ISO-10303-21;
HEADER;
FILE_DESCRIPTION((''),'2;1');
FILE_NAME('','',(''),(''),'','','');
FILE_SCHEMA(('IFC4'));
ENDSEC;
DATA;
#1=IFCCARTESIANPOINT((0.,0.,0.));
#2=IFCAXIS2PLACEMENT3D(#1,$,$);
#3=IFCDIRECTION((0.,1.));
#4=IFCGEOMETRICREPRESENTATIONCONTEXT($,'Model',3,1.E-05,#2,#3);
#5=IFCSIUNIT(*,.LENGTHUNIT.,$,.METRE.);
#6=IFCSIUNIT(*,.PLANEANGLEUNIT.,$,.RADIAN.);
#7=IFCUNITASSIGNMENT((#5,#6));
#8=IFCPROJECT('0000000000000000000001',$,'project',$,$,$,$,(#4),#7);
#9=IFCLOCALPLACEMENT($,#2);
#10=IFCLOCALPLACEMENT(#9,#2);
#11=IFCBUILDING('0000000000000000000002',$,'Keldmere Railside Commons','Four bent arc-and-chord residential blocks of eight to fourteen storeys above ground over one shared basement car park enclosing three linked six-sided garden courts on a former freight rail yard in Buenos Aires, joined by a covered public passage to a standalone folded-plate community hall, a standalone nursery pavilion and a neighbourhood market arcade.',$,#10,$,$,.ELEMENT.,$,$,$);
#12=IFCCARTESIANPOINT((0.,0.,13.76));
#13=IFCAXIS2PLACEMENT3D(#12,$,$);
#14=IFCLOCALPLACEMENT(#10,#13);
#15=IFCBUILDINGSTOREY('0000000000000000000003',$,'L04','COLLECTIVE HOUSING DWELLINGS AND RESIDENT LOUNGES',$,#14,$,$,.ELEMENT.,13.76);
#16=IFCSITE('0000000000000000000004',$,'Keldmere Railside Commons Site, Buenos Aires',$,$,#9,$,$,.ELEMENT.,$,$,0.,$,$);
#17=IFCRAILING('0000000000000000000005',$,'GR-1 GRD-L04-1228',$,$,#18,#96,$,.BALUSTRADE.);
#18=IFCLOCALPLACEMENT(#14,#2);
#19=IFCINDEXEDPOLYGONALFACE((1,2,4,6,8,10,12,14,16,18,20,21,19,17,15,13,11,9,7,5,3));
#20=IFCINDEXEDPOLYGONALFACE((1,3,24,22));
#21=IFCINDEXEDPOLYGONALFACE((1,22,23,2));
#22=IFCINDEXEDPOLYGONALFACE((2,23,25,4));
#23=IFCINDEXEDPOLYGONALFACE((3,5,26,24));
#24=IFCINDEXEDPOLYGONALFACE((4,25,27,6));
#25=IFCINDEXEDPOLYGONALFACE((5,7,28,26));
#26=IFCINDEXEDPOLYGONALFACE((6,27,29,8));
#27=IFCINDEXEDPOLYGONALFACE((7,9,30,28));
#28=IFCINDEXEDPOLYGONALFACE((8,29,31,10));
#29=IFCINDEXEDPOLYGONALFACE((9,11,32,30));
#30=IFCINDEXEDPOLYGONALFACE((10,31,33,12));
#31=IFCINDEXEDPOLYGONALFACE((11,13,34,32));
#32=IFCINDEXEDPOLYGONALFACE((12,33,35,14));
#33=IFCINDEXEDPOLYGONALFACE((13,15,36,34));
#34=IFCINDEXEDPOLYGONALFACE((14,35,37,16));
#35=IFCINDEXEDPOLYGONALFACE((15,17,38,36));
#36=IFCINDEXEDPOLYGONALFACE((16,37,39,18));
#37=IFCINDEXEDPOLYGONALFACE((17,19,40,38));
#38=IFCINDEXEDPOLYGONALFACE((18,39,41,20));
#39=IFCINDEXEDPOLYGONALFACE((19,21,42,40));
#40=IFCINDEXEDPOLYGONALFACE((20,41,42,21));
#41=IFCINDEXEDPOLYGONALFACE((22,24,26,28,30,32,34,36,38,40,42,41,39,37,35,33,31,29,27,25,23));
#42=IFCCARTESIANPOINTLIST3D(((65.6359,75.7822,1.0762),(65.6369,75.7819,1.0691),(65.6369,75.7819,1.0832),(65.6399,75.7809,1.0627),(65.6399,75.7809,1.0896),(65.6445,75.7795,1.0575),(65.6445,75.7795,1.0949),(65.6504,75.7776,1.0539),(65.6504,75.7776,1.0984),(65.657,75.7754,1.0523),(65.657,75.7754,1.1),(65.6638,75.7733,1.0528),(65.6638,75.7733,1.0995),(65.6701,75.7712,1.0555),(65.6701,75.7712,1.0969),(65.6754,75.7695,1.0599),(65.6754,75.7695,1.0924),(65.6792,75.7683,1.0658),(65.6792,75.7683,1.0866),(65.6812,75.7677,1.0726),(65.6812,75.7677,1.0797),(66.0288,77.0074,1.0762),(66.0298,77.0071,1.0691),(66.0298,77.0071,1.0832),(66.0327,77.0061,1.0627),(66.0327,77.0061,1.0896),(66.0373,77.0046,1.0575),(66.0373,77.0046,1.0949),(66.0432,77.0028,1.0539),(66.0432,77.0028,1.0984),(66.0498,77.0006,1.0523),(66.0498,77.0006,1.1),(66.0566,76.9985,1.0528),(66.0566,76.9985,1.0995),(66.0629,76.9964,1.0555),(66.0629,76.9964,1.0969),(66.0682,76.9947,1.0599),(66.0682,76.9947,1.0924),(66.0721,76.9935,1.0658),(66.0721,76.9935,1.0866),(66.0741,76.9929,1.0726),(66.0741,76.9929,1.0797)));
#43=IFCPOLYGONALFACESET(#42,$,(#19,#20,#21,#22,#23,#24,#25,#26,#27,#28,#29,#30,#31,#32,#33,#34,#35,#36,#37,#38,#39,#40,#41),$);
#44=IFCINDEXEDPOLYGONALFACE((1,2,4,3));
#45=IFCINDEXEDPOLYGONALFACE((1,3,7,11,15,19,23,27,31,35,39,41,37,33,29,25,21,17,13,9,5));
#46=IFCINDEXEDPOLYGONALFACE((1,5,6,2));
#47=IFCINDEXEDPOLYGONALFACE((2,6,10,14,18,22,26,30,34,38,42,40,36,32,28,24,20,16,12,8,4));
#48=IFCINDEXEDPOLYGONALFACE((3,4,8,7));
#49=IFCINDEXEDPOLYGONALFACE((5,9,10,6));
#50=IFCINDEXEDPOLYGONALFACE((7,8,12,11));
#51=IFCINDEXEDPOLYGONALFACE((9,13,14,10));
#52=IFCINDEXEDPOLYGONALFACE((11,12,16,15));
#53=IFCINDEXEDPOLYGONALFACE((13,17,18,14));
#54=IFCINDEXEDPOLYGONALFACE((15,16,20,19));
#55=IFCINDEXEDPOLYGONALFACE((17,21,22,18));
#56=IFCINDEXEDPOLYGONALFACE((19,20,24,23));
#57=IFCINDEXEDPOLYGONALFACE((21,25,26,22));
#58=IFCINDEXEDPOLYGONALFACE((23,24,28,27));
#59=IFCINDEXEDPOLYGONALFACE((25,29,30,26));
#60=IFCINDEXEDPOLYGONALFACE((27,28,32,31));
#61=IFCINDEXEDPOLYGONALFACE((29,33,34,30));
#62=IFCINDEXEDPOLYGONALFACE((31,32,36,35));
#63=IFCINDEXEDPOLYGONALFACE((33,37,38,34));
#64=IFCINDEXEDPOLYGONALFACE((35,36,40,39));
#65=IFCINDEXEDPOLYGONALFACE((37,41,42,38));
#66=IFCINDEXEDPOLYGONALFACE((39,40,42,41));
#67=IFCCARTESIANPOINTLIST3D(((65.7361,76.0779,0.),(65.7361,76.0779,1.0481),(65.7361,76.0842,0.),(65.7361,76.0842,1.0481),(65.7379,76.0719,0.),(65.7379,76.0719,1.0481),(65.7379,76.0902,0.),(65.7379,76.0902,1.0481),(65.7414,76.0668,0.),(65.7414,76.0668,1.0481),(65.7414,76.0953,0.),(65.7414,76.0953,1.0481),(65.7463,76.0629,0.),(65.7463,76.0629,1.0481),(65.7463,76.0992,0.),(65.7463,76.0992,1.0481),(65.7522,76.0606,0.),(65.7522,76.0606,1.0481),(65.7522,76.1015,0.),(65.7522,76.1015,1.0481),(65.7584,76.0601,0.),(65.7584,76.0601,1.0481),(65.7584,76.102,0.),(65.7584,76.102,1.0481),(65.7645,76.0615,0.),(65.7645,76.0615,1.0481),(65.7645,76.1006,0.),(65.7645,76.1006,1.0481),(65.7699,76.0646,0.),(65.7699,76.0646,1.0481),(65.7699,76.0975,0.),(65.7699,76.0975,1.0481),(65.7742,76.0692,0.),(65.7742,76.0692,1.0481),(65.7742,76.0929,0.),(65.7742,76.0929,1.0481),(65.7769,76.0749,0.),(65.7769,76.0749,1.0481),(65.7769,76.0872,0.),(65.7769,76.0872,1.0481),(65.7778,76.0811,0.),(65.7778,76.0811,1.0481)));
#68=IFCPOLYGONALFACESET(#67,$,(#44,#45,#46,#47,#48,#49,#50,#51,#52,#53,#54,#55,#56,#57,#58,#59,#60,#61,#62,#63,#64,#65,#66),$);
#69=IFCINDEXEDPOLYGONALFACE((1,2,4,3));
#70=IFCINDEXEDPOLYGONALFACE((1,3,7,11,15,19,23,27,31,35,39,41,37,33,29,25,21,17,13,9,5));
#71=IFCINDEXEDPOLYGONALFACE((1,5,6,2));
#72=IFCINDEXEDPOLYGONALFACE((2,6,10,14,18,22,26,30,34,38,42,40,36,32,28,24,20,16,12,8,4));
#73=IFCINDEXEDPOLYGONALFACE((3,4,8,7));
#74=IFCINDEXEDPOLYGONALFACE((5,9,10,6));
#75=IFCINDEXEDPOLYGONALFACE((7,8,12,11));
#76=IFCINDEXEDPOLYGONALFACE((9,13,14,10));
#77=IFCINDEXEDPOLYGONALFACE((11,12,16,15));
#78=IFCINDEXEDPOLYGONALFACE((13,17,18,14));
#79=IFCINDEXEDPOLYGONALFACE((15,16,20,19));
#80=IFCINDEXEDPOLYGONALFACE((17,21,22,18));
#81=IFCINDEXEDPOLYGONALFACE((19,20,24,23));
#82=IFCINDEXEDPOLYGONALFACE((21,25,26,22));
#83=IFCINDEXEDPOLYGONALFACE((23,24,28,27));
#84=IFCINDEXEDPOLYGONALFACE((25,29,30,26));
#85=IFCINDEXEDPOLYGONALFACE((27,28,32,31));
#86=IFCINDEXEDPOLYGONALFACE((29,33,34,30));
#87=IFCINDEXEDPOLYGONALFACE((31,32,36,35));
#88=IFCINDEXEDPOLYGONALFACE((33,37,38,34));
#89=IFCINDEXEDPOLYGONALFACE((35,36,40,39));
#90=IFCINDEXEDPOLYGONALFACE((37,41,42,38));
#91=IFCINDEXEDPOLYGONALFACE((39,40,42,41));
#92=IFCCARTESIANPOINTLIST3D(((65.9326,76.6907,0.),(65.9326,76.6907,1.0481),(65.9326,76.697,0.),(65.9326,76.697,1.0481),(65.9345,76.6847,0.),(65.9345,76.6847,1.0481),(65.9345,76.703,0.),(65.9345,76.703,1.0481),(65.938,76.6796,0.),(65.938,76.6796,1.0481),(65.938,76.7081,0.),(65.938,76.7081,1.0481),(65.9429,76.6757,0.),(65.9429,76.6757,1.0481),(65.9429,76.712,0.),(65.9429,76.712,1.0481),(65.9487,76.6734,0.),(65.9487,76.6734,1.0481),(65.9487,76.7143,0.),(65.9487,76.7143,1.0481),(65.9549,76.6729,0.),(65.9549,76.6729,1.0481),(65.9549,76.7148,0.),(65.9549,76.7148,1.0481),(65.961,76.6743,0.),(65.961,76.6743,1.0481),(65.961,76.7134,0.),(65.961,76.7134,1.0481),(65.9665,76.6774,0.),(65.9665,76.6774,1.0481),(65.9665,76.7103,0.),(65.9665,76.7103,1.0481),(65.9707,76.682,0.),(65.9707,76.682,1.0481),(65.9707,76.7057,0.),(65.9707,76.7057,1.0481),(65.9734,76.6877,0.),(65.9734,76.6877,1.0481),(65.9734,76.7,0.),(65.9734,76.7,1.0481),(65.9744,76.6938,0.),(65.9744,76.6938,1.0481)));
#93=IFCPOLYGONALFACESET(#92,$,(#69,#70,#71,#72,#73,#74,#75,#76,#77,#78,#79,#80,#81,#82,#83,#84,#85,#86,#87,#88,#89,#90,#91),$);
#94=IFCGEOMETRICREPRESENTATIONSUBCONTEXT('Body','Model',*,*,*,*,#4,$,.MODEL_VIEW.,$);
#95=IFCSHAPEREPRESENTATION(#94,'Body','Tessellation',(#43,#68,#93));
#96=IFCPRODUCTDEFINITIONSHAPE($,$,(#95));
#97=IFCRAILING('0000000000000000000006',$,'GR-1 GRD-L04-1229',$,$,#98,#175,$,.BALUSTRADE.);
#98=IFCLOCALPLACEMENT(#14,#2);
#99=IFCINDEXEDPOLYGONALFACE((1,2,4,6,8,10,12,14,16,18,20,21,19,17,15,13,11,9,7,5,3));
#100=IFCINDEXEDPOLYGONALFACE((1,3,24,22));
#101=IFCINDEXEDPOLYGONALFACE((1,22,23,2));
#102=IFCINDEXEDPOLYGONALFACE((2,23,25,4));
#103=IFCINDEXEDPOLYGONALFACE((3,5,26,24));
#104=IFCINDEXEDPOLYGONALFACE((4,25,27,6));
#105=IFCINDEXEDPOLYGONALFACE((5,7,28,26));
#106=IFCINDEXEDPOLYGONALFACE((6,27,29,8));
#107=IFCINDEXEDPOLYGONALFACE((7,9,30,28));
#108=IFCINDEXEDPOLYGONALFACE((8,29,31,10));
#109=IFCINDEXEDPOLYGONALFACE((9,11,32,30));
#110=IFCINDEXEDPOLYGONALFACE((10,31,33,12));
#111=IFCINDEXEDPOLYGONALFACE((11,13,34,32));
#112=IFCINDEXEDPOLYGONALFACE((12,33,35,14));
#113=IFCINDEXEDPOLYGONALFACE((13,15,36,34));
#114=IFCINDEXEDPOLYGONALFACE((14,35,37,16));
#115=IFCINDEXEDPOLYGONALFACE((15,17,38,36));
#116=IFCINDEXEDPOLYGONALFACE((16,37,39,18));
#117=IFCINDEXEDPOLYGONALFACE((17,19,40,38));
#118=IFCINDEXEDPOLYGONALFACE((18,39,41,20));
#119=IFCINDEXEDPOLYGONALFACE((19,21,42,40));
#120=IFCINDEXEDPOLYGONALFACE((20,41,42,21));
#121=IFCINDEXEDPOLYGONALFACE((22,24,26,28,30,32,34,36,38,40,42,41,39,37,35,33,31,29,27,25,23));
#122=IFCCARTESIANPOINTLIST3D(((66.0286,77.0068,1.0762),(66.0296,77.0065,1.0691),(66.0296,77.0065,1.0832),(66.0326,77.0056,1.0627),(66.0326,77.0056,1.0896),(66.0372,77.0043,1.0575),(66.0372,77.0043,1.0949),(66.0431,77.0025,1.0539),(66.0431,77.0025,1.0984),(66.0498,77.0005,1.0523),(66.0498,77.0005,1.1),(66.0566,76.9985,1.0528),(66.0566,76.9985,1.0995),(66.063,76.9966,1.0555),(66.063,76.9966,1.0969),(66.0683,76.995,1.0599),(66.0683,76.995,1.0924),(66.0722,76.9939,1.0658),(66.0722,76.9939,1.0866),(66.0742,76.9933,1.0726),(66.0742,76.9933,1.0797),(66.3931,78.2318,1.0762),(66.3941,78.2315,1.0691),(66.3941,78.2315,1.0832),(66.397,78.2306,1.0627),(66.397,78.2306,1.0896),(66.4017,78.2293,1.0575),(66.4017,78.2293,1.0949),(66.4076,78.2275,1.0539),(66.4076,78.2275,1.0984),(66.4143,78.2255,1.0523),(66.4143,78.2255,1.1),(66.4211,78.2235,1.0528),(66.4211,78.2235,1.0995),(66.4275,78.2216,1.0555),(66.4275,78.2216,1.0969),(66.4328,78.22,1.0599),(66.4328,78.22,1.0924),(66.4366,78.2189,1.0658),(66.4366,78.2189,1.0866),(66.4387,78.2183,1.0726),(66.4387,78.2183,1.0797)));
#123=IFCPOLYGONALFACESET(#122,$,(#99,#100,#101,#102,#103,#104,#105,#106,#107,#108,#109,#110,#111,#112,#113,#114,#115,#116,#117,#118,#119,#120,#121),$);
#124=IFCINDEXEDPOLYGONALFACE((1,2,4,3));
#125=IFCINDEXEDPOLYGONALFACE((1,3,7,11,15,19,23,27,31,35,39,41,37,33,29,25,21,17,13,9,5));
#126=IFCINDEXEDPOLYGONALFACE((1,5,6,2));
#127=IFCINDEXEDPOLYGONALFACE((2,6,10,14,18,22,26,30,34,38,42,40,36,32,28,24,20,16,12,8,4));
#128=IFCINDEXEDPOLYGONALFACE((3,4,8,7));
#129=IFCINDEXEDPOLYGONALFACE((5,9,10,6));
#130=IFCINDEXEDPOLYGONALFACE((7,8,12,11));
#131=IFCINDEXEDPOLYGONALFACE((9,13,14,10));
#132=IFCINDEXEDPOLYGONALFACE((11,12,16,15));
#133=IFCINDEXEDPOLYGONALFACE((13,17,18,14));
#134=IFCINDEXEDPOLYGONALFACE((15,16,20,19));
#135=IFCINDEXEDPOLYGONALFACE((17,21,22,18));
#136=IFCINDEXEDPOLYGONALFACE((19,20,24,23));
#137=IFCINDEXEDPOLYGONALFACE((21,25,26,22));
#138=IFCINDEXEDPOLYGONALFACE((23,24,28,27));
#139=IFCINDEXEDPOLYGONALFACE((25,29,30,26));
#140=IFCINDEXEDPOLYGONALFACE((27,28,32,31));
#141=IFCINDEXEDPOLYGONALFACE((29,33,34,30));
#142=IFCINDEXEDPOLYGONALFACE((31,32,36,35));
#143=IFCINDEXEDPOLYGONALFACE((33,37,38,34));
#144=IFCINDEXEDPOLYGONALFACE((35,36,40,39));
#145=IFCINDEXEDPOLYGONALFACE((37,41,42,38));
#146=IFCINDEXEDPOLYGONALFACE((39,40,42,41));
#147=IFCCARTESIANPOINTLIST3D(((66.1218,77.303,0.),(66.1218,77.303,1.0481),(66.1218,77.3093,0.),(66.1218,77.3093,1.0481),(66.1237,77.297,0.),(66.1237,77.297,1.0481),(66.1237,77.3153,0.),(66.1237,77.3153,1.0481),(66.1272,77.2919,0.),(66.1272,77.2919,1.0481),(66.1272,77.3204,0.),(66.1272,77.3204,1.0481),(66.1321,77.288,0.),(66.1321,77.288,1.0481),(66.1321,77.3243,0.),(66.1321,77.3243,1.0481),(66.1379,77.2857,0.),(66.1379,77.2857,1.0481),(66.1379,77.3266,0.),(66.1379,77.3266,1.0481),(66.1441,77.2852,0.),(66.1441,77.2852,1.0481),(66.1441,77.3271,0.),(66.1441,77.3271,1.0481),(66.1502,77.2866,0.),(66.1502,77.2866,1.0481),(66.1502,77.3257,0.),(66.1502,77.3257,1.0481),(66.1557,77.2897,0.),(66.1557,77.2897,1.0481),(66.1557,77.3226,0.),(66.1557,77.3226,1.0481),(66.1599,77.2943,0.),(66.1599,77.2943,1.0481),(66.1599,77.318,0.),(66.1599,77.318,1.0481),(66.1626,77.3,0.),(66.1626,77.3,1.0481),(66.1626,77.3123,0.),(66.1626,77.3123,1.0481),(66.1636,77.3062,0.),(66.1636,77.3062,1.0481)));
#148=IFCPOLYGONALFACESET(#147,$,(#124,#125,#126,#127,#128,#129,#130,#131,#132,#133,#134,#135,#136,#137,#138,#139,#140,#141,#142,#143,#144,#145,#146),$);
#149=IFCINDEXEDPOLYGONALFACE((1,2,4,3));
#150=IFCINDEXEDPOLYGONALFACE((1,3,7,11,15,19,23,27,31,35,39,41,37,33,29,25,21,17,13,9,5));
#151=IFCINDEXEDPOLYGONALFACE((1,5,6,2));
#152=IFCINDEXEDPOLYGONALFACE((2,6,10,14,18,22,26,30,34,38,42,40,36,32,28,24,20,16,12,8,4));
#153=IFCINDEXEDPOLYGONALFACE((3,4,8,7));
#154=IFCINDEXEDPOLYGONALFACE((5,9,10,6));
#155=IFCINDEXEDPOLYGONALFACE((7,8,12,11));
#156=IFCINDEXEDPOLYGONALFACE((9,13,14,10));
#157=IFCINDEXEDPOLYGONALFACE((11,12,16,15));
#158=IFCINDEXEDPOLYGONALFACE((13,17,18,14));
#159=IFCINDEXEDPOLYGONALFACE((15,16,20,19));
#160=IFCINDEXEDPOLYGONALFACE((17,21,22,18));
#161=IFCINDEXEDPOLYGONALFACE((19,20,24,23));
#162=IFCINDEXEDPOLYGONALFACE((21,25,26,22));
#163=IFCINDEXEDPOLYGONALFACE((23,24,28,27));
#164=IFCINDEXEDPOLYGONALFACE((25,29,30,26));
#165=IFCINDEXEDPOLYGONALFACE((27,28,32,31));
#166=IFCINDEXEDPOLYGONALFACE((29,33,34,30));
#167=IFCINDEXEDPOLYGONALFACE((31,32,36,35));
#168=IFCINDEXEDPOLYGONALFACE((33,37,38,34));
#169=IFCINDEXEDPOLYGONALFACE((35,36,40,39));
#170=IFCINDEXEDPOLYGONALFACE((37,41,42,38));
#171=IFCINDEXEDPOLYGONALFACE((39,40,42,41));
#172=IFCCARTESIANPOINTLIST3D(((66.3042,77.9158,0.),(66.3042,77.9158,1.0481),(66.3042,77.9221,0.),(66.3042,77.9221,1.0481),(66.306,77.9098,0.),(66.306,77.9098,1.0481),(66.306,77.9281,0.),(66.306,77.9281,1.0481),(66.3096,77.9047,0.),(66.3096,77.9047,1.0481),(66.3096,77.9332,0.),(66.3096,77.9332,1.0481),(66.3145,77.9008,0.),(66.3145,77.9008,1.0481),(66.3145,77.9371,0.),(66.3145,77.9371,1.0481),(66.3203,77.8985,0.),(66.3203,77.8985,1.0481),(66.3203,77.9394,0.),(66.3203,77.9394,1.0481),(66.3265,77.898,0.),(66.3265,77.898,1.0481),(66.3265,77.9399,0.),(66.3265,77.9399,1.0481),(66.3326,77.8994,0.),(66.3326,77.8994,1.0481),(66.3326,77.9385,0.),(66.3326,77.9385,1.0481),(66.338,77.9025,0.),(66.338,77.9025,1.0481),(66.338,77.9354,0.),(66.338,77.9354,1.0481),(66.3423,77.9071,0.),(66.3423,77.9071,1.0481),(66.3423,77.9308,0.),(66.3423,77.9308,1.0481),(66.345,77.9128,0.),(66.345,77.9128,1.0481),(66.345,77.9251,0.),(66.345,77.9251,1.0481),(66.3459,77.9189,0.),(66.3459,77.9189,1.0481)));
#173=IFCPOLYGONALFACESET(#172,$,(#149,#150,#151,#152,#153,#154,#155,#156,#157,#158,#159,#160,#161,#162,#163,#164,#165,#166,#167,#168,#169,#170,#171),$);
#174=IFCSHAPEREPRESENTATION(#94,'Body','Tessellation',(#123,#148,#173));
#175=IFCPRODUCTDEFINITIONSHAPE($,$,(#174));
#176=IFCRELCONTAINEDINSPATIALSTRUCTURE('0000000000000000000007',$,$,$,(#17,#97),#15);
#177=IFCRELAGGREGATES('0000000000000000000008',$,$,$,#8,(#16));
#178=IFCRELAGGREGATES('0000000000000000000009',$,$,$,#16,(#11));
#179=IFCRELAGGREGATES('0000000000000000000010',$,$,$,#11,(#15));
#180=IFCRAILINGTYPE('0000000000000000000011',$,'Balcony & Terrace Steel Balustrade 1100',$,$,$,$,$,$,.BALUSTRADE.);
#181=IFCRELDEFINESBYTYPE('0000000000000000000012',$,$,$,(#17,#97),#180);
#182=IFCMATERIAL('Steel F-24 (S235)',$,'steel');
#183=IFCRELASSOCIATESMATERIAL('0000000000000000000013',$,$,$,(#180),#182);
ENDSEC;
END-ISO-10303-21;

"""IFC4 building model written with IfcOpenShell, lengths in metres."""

from ifc_helpers import new_model, si_unit, direction, frame, origin, origin_2d, place, context, subcontext, project, spatial, circle, extrude, material, type_object, element, save


model = new_model("IFC4")

# Units and contexts
model_context = context("Model", 3, precision=1e-05, world=origin(), true_north=direction((0.0, 1.0)))
body_context = subcontext(model_context, "Body", "Model", "MODEL_VIEW")
ifc_project = project(units=[si_unit("LENGTHUNIT", "METRE"), si_unit("PLANEANGLEUNIT", "RADIAN")], contexts=[model_context])

# Site, building, storey
site_placement = place(None, origin())
site = spatial("IfcSite", under=ifc_project, at=site_placement, Name="Keldmere Railside Commons Site, Buenos Aires", CompositionType="ELEMENT", RefElevation=0.0)
building_placement = place(site_placement, origin())
building = spatial("IfcBuilding", under=site, at=building_placement, Name="Keldmere Railside Commons", Description="Four bent arc-and-chord residential blocks of eight to fourteen storeys above ground over one shared basement car park enclosing three linked six-sided garden courts on a former freight rail yard in Buenos Aires, joined by a covered public passage to a standalone folded-plate community hall, a standalone nursery pavilion and a neighbourhood market arcade.", CompositionType="ELEMENT")
storey_placement = place(building_placement, frame((0.0, 0.0, 13.76)))
storey = spatial("IfcBuildingStorey", under=building, at=storey_placement, Name="L04", Description="COLLECTIVE HOUSING DWELLINGS AND RESIDENT LOUNGES", CompositionType="ELEMENT", Elevation=13.76)

# Railings
ifc_material_1 = material(Name="Steel F-24 (S235)", Category="steel")
railing_type = type_object("IfcRailingType", Name="Balcony & Terrace Steel Balustrade 1100", PredefinedType="BALUSTRADE", material=ifc_material_1)
railing_1_placement = place(storey_placement, frame((65.6587, 75.7749, 0.0)))
element("IfcRailing", 1, at=railing_1_placement, inside=storey, type_object=railing_type, Name="GR-1 GRD-L04-1228", PredefinedType="BALUSTRADE", context=body_context, shape_type="SweptSolid", body=[
    extrude(circle(Radius=0.0239, at=origin_2d()), frame((0.0, 0.0, 1.0762), z_axis=(0.305333, 0.952246, 0.0), x_axis=(-0.952246, 0.305333, 0.0)), (0.0, 0.0, 1.0), 1.2866),
    extrude(circle(Radius=0.021, at=origin_2d()), frame((0.0981, 0.3062, 0.0)), (0.0, 0.0, 1.0), 1.0481),
    extrude(circle(Radius=0.021, at=origin_2d()), frame((0.2947, 0.9189, 0.0)), (0.0, 0.0, 1.0), 1.0481),
])
railing_2_placement = place(storey_placement, frame((66.0515, 77.0, 0.0)))
element("IfcRailing", 2, at=railing_2_placement, inside=storey, type_object=railing_type, Name="GR-1 GRD-L04-1229", PredefinedType="BALUSTRADE", context=body_context, shape_type="SweptSolid", body=[
    extrude(circle(Radius=0.0239, at=origin_2d()), frame((0.0, 0.0, 1.0762), z_axis=(0.285174, 0.958476, 0.0), x_axis=(-0.958476, 0.285174, 0.0)), (0.0, 0.0, 1.0), 1.2781),
    extrude(circle(Radius=0.021, at=origin_2d()), frame((0.0911, 0.3062, 0.0)), (0.0, 0.0, 1.0), 1.0481),
    extrude(circle(Radius=0.021, at=origin_2d()), frame((0.2734, 0.9189, 0.0)), (0.0, 0.0, 1.0), 1.0481),
])

save(model, "model.ifc")
